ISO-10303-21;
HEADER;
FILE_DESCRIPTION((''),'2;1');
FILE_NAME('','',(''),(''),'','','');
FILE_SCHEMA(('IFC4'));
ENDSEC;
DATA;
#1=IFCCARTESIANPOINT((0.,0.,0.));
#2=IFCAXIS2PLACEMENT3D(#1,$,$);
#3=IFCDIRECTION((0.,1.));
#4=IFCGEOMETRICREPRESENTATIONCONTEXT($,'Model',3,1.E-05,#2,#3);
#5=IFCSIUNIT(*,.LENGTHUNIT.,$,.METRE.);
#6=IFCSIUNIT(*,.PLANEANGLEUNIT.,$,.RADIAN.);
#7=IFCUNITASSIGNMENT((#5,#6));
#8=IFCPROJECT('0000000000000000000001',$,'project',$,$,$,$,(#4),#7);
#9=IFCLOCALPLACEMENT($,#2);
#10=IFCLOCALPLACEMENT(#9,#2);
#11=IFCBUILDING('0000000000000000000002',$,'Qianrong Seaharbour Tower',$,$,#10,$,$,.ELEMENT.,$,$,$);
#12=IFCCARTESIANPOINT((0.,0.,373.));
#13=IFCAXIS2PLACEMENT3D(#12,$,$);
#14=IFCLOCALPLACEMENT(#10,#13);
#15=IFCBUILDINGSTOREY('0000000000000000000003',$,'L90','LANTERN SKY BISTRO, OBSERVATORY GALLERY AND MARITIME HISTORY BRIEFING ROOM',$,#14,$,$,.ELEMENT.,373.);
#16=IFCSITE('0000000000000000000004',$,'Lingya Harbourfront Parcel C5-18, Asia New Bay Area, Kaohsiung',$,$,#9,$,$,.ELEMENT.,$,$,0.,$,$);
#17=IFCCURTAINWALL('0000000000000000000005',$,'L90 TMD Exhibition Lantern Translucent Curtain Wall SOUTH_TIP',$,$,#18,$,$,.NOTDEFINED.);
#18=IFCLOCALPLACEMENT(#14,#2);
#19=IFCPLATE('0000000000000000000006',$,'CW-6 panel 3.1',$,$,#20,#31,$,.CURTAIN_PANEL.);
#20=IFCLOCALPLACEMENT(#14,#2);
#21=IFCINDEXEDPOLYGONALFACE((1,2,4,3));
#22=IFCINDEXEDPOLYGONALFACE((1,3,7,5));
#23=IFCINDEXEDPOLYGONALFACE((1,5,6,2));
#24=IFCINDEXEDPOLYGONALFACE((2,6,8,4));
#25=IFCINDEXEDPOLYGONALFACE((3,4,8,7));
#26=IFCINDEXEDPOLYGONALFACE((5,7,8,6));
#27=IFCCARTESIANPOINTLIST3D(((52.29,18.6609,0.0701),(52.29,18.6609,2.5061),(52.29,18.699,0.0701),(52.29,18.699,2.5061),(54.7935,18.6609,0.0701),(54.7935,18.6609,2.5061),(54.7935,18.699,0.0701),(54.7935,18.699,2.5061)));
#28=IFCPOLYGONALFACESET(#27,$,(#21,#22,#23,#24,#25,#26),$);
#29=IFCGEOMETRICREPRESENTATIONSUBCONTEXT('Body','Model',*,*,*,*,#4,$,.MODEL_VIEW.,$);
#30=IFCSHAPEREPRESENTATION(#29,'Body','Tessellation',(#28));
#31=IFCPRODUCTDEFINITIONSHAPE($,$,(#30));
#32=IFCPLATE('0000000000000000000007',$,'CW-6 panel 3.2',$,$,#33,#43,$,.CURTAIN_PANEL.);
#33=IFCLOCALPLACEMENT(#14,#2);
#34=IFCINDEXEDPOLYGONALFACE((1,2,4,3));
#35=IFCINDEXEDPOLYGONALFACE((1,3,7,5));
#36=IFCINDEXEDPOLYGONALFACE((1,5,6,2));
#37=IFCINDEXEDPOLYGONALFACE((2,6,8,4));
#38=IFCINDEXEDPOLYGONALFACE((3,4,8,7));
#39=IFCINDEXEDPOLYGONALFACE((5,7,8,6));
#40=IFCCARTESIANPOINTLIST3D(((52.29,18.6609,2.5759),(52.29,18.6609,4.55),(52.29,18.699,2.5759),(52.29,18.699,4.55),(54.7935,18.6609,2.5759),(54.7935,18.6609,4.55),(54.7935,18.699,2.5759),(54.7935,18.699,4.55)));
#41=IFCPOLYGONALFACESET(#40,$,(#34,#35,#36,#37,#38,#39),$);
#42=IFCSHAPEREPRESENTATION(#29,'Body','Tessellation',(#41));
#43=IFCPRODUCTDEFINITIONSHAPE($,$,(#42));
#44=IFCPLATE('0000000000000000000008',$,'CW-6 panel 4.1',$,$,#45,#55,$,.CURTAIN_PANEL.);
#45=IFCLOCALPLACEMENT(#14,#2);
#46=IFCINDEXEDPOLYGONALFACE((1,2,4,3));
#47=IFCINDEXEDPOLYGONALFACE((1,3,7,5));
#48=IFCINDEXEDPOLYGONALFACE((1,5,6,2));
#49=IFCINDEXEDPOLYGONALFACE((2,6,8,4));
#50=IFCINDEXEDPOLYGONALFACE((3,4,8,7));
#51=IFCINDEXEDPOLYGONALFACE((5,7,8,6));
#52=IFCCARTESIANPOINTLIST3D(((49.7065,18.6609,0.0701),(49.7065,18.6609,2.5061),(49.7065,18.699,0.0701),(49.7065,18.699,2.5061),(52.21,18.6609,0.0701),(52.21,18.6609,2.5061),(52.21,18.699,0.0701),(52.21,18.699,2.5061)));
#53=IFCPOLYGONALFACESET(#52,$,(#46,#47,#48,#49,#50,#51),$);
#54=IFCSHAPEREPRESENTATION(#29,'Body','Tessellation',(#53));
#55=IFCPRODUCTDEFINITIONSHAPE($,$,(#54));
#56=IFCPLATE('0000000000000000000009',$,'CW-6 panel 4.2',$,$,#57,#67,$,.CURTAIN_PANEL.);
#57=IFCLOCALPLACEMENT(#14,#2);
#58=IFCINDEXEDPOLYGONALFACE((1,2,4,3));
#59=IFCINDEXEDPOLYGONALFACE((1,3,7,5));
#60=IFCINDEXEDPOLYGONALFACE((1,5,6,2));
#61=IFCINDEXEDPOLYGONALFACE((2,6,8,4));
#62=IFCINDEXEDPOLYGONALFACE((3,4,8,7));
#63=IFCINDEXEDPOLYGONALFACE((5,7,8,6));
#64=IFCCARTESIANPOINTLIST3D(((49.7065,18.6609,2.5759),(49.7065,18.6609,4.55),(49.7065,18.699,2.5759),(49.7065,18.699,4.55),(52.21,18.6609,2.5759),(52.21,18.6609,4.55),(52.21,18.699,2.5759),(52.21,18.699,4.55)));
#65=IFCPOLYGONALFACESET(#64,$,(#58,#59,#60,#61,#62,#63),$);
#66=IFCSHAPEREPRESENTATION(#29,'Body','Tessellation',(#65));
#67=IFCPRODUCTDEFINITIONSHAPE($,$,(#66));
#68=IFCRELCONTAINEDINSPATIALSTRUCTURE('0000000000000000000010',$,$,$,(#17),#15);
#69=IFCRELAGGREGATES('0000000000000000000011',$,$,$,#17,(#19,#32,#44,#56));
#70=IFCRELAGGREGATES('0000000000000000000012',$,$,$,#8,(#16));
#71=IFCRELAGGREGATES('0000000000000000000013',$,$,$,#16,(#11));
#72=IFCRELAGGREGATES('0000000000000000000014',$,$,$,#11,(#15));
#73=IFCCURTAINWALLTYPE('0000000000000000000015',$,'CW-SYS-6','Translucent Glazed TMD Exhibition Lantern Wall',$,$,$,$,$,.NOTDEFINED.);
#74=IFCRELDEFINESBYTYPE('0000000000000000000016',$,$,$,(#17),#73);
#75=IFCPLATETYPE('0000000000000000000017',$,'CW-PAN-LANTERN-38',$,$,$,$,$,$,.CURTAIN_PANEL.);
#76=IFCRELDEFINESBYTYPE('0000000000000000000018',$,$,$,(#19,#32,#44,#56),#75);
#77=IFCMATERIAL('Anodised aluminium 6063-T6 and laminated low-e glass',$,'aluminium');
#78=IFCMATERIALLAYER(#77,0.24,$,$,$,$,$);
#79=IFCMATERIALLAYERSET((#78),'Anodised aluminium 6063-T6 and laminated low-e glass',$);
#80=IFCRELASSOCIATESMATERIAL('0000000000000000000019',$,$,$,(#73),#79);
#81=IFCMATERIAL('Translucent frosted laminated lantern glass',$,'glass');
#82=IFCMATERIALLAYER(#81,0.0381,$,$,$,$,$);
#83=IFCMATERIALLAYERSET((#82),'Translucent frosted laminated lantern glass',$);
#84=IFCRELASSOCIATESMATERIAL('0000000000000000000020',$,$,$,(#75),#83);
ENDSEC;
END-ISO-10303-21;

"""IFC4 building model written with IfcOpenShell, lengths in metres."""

from ifc_helpers import new_model, si_unit, direction, frame, origin, origin_2d, place, context, subcontext, project, spatial, rectangle, extrude, material, layer, layer_set, type_object, element, aggregate, save


model = new_model("IFC4")

# Units and contexts
model_context = context("Model", 3, precision=1e-05, world=origin(), true_north=direction((0.0, 1.0)))
body_context = subcontext(model_context, "Body", "Model", "MODEL_VIEW")
ifc_project = project(units=[si_unit("LENGTHUNIT", "METRE"), si_unit("PLANEANGLEUNIT", "RADIAN")], contexts=[model_context])

# Site, building, storey
site_placement = place(None, origin())
site = spatial("IfcSite", under=ifc_project, at=site_placement, Name="Lingya Harbourfront Parcel C5-18, Asia New Bay Area, Kaohsiung", CompositionType="ELEMENT", RefElevation=0.0)
building_placement = place(site_placement, origin())
building = spatial("IfcBuilding", under=site, at=building_placement, Name="Qianrong Seaharbour Tower", CompositionType="ELEMENT")
storey_placement = place(building_placement, frame((0.0, 0.0, 373.0)))
storey = spatial("IfcBuildingStorey", under=building, at=storey_placement, Name="L90", Description="LANTERN SKY BISTRO, OBSERVATORY GALLERY AND MARITIME HISTORY BRIEFING ROOM", CompositionType="ELEMENT", Elevation=373.0)

# Curtain wall, plates
ifc_material_1 = material(Name="Anodised aluminium 6063-T6 and laminated low-e glass", Category="aluminium")
ifc_layer_1 = layer(ifc_material_1, 0.24)
ifc_layer_set_1 = layer_set([ifc_layer_1], Name="Anodised aluminium 6063-T6 and laminated low-e glass")
curtain_wall_type = type_object("IfcCurtainWallType", Name="CW-SYS-6", Description="Translucent Glazed TMD Exhibition Lantern Wall", PredefinedType="NOTDEFINED", material=ifc_layer_set_1)
curtain_wall_placement = place(storey_placement, origin())
curtain_wall = element("IfcCurtainWall", 1, at=curtain_wall_placement, inside=storey, type_object=curtain_wall_type, Name="L90 TMD Exhibition Lantern Translucent Curtain Wall SOUTH_TIP", PredefinedType="NOTDEFINED")
ifc_material_2 = material(Name="Translucent frosted laminated lantern glass", Category="glass")
ifc_layer_2 = layer(ifc_material_2, 0.0381)
ifc_layer_set_2 = layer_set([ifc_layer_2], Name="Translucent frosted laminated lantern glass")
plate_type = type_object("IfcPlateType", Name="CW-PAN-LANTERN-38", PredefinedType="CURTAIN_PANEL", material=ifc_layer_set_2)
plate_1_placement = place(storey_placement, frame((53.5417, 18.6799, 0.0701), z_axis=(0.0, 0.0, 1.0), x_axis=(-1.0, 0.0, 0.0)))
plate_1 = element("IfcPlate", 2, at=plate_1_placement, type_object=plate_type, Name="CW-6 panel 3.1", PredefinedType="CURTAIN_PANEL", context=body_context, shape_type="SweptSolid", body=[
    extrude(rectangle(XDim=2.5034, YDim=0.0381, at=origin_2d()), origin(), (0.0, 0.0, 1.0), 2.436),
])
plate_2_placement = place(storey_placement, frame((53.5417, 18.6799, 2.5759), z_axis=(0.0, 0.0, 1.0), x_axis=(-1.0, 0.0, 0.0)))
plate_2 = element("IfcPlate", 3, at=plate_2_placement, type_object=plate_type, Name="CW-6 panel 3.2", PredefinedType="CURTAIN_PANEL", context=body_context, shape_type="SweptSolid", body=[
    extrude(rectangle(XDim=2.5034, YDim=0.0381, at=origin_2d()), origin(), (0.0, 0.0, 1.0), 1.9741),
])
plate_3_placement = place(storey_placement, frame((50.9583, 18.6799, 0.0701), z_axis=(0.0, 0.0, 1.0), x_axis=(-1.0, 0.0, 0.0)))
plate_3 = element("IfcPlate", 4, at=plate_3_placement, type_object=plate_type, Name="CW-6 panel 4.1", PredefinedType="CURTAIN_PANEL", context=body_context, shape_type="SweptSolid", body=[
    extrude(rectangle(XDim=2.5034, YDim=0.0381, at=origin_2d()), origin(), (0.0, 0.0, 1.0), 2.436),
])
plate_4_placement = place(storey_placement, frame((50.9583, 18.6799, 2.5759), z_axis=(0.0, 0.0, 1.0), x_axis=(-1.0, 0.0, 0.0)))
plate_4 = element("IfcPlate", 5, at=plate_4_placement, type_object=plate_type, Name="CW-6 panel 4.2", PredefinedType="CURTAIN_PANEL", context=body_context, shape_type="SweptSolid", body=[
    extrude(rectangle(XDim=2.5034, YDim=0.0381, at=origin_2d()), origin(), (0.0, 0.0, 1.0), 1.9741),
])
aggregate(curtain_wall, [plate_1, plate_2, plate_3, plate_4])

save(model, "model.ifc")
